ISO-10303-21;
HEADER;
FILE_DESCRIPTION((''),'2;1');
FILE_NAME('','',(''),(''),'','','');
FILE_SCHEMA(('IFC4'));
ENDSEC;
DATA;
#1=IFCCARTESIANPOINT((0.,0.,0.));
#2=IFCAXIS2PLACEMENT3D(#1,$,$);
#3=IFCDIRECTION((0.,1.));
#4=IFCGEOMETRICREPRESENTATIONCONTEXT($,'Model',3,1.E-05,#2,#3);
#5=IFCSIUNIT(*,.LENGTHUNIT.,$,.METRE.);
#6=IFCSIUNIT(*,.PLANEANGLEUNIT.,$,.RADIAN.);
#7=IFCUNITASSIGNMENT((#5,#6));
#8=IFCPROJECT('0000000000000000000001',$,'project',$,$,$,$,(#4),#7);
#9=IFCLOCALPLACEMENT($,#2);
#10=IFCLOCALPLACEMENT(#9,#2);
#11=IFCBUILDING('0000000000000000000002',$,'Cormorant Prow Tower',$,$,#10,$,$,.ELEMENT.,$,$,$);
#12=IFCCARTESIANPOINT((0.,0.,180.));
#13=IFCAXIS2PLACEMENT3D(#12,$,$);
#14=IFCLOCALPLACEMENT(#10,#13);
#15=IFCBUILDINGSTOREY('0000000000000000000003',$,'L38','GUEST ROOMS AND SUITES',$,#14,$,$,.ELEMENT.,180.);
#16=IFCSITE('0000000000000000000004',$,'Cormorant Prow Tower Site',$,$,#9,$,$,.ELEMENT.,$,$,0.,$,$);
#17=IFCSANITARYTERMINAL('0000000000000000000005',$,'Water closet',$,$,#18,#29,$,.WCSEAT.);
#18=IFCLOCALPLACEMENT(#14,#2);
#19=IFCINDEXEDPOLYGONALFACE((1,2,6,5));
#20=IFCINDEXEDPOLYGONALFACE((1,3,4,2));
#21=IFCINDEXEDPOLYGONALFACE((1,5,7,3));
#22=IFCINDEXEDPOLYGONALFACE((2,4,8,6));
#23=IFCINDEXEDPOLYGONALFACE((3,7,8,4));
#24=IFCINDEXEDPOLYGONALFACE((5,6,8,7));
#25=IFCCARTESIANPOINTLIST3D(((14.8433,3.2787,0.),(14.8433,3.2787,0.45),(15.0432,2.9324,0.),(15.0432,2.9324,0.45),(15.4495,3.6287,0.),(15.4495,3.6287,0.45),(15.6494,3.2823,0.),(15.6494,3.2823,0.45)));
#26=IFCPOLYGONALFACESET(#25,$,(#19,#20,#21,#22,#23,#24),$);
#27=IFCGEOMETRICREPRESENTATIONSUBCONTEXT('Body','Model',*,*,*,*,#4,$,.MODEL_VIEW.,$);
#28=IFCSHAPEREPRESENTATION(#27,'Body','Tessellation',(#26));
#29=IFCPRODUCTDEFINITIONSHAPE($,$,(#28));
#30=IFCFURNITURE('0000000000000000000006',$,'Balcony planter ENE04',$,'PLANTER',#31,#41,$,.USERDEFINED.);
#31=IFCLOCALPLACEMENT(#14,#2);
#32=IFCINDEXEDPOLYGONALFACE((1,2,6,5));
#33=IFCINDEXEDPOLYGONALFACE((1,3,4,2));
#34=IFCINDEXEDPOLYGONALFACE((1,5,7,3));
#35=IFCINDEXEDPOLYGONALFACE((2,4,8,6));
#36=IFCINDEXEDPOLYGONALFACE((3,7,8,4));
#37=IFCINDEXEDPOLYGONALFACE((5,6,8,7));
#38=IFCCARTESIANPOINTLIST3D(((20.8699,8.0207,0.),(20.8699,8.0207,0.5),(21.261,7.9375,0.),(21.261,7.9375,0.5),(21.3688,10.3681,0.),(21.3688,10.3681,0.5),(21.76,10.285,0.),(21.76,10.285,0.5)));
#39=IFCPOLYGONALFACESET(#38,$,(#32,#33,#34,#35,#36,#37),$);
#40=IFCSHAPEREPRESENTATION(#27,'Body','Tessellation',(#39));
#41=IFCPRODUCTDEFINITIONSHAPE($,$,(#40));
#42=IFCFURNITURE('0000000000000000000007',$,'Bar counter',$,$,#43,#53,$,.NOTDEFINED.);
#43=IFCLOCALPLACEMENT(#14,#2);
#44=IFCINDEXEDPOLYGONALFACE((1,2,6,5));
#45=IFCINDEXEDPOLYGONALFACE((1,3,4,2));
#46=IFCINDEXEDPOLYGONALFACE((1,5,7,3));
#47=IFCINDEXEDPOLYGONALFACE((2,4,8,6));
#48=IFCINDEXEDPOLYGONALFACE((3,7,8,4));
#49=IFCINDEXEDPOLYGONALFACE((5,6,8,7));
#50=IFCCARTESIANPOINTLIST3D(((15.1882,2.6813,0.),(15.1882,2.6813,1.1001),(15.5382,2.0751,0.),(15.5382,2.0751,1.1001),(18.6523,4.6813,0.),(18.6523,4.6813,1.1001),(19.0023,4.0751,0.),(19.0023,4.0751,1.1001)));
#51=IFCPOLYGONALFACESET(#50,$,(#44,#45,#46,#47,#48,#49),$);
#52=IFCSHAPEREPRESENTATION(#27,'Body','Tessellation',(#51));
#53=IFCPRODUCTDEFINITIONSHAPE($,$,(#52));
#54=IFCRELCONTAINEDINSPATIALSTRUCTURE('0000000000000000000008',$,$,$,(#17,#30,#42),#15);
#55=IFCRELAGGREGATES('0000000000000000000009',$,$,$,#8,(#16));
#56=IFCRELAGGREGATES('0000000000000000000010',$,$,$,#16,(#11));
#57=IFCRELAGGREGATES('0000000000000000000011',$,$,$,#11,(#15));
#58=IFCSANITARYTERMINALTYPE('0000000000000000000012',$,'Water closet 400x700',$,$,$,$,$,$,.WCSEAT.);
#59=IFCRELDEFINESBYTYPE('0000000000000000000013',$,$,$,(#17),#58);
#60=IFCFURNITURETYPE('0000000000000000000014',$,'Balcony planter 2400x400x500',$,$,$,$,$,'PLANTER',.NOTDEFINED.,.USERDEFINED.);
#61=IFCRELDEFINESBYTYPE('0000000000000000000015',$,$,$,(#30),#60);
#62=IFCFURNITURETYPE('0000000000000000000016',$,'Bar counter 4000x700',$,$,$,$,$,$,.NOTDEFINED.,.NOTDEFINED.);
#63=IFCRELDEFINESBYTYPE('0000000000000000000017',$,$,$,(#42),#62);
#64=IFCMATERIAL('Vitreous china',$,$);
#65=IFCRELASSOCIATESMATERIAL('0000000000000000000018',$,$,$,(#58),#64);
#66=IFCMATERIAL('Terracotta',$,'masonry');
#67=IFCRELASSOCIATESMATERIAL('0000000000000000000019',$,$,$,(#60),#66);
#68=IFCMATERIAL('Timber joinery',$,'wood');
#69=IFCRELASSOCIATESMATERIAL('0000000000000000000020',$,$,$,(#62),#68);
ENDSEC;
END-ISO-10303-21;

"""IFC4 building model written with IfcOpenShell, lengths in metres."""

from ifc_helpers import new_model, si_unit, direction, frame, origin, origin_2d, place, context, subcontext, project, spatial, rectangle, extrude, material, type_object, element, save


model = new_model("IFC4")

# Units and contexts
model_context = context("Model", 3, precision=1e-05, world=origin(), true_north=direction((0.0, 1.0)))
body_context = subcontext(model_context, "Body", "Model", "MODEL_VIEW")
ifc_project = project(units=[si_unit("LENGTHUNIT", "METRE"), si_unit("PLANEANGLEUNIT", "RADIAN")], contexts=[model_context])

# Site, building, storey
site_placement = place(None, origin())
site = spatial("IfcSite", under=ifc_project, at=site_placement, Name="Cormorant Prow Tower Site", CompositionType="ELEMENT", RefElevation=0.0)
building_placement = place(site_placement, origin())
building = spatial("IfcBuilding", under=site, at=building_placement, Name="Cormorant Prow Tower", CompositionType="ELEMENT")
storey_placement = place(building_placement, frame((0.0, 0.0, 180.0)))
storey = spatial("IfcBuildingStorey", under=building, at=storey_placement, Name="L38", Description="GUEST ROOMS AND SUITES", CompositionType="ELEMENT", Elevation=180.0)

# Sanitary terminal
ifc_material_1 = material(Name="Vitreous china")
sanitary_terminal_type_1 = type_object("IfcSanitaryTerminalType", Name="Water closet 400x700", PredefinedType="WCSEAT", material=ifc_material_1)
sanitary_terminal_1_placement = place(storey_placement, frame((15.2463, 3.2805, 0.0), z_axis=(0.0, 0.0, 1.0), x_axis=(-0.5, 0.866025, 0.0)))
element("IfcSanitaryTerminal", 1, at=sanitary_terminal_1_placement, inside=storey, type_object=sanitary_terminal_type_1, Name="Water closet", PredefinedType="WCSEAT", context=body_context, shape_type="SweptSolid", body=[
    extrude(rectangle(XDim=0.3999, YDim=0.7, at=origin_2d()), origin(), (0.0, 0.0, 1.0), 0.45),
])

# Furniture
ifc_material_2 = material(Name="Terracotta", Category="masonry")
furniture_type_1 = type_object("IfcFurnitureType", Name="Balcony planter 2400x400x500", ElementType="PLANTER", AssemblyPlace="NOTDEFINED", PredefinedType="USERDEFINED", material=ifc_material_2)
furniture_1_placement = place(storey_placement, frame((21.3149, 9.1528, 0.0), z_axis=(0.0, 0.0, 1.0), x_axis=(0.207912, 0.978148, 0.0)))
element("IfcFurniture", 2, at=furniture_1_placement, inside=storey, type_object=furniture_type_1, Name="Balcony planter ENE04", ObjectType="PLANTER", PredefinedType="USERDEFINED", context=body_context, shape_type="SweptSolid", body=[
    extrude(rectangle(XDim=2.3999, YDim=0.3999, at=origin_2d()), origin(), (0.0, 0.0, 1.0), 0.5),
])
ifc_material_3 = material(Name="Timber joinery", Category="wood")
furniture_type_2 = type_object("IfcFurnitureType", Name="Bar counter 4000x700", AssemblyPlace="NOTDEFINED", PredefinedType="NOTDEFINED", material=ifc_material_3)
furniture_2_placement = place(storey_placement, frame((17.0952, 3.3782, 0.0), z_axis=(0.0, 0.0, 1.0), x_axis=(0.866025, 0.5, 0.0)))
element("IfcFurniture", 3, at=furniture_2_placement, inside=storey, type_object=furniture_type_2, Name="Bar counter", PredefinedType="NOTDEFINED", context=body_context, shape_type="SweptSolid", body=[
    extrude(rectangle(XDim=4.0, YDim=0.7, at=origin_2d()), origin(), (0.0, 0.0, 1.0), 1.1001),
])

save(model, "model.ifc")
